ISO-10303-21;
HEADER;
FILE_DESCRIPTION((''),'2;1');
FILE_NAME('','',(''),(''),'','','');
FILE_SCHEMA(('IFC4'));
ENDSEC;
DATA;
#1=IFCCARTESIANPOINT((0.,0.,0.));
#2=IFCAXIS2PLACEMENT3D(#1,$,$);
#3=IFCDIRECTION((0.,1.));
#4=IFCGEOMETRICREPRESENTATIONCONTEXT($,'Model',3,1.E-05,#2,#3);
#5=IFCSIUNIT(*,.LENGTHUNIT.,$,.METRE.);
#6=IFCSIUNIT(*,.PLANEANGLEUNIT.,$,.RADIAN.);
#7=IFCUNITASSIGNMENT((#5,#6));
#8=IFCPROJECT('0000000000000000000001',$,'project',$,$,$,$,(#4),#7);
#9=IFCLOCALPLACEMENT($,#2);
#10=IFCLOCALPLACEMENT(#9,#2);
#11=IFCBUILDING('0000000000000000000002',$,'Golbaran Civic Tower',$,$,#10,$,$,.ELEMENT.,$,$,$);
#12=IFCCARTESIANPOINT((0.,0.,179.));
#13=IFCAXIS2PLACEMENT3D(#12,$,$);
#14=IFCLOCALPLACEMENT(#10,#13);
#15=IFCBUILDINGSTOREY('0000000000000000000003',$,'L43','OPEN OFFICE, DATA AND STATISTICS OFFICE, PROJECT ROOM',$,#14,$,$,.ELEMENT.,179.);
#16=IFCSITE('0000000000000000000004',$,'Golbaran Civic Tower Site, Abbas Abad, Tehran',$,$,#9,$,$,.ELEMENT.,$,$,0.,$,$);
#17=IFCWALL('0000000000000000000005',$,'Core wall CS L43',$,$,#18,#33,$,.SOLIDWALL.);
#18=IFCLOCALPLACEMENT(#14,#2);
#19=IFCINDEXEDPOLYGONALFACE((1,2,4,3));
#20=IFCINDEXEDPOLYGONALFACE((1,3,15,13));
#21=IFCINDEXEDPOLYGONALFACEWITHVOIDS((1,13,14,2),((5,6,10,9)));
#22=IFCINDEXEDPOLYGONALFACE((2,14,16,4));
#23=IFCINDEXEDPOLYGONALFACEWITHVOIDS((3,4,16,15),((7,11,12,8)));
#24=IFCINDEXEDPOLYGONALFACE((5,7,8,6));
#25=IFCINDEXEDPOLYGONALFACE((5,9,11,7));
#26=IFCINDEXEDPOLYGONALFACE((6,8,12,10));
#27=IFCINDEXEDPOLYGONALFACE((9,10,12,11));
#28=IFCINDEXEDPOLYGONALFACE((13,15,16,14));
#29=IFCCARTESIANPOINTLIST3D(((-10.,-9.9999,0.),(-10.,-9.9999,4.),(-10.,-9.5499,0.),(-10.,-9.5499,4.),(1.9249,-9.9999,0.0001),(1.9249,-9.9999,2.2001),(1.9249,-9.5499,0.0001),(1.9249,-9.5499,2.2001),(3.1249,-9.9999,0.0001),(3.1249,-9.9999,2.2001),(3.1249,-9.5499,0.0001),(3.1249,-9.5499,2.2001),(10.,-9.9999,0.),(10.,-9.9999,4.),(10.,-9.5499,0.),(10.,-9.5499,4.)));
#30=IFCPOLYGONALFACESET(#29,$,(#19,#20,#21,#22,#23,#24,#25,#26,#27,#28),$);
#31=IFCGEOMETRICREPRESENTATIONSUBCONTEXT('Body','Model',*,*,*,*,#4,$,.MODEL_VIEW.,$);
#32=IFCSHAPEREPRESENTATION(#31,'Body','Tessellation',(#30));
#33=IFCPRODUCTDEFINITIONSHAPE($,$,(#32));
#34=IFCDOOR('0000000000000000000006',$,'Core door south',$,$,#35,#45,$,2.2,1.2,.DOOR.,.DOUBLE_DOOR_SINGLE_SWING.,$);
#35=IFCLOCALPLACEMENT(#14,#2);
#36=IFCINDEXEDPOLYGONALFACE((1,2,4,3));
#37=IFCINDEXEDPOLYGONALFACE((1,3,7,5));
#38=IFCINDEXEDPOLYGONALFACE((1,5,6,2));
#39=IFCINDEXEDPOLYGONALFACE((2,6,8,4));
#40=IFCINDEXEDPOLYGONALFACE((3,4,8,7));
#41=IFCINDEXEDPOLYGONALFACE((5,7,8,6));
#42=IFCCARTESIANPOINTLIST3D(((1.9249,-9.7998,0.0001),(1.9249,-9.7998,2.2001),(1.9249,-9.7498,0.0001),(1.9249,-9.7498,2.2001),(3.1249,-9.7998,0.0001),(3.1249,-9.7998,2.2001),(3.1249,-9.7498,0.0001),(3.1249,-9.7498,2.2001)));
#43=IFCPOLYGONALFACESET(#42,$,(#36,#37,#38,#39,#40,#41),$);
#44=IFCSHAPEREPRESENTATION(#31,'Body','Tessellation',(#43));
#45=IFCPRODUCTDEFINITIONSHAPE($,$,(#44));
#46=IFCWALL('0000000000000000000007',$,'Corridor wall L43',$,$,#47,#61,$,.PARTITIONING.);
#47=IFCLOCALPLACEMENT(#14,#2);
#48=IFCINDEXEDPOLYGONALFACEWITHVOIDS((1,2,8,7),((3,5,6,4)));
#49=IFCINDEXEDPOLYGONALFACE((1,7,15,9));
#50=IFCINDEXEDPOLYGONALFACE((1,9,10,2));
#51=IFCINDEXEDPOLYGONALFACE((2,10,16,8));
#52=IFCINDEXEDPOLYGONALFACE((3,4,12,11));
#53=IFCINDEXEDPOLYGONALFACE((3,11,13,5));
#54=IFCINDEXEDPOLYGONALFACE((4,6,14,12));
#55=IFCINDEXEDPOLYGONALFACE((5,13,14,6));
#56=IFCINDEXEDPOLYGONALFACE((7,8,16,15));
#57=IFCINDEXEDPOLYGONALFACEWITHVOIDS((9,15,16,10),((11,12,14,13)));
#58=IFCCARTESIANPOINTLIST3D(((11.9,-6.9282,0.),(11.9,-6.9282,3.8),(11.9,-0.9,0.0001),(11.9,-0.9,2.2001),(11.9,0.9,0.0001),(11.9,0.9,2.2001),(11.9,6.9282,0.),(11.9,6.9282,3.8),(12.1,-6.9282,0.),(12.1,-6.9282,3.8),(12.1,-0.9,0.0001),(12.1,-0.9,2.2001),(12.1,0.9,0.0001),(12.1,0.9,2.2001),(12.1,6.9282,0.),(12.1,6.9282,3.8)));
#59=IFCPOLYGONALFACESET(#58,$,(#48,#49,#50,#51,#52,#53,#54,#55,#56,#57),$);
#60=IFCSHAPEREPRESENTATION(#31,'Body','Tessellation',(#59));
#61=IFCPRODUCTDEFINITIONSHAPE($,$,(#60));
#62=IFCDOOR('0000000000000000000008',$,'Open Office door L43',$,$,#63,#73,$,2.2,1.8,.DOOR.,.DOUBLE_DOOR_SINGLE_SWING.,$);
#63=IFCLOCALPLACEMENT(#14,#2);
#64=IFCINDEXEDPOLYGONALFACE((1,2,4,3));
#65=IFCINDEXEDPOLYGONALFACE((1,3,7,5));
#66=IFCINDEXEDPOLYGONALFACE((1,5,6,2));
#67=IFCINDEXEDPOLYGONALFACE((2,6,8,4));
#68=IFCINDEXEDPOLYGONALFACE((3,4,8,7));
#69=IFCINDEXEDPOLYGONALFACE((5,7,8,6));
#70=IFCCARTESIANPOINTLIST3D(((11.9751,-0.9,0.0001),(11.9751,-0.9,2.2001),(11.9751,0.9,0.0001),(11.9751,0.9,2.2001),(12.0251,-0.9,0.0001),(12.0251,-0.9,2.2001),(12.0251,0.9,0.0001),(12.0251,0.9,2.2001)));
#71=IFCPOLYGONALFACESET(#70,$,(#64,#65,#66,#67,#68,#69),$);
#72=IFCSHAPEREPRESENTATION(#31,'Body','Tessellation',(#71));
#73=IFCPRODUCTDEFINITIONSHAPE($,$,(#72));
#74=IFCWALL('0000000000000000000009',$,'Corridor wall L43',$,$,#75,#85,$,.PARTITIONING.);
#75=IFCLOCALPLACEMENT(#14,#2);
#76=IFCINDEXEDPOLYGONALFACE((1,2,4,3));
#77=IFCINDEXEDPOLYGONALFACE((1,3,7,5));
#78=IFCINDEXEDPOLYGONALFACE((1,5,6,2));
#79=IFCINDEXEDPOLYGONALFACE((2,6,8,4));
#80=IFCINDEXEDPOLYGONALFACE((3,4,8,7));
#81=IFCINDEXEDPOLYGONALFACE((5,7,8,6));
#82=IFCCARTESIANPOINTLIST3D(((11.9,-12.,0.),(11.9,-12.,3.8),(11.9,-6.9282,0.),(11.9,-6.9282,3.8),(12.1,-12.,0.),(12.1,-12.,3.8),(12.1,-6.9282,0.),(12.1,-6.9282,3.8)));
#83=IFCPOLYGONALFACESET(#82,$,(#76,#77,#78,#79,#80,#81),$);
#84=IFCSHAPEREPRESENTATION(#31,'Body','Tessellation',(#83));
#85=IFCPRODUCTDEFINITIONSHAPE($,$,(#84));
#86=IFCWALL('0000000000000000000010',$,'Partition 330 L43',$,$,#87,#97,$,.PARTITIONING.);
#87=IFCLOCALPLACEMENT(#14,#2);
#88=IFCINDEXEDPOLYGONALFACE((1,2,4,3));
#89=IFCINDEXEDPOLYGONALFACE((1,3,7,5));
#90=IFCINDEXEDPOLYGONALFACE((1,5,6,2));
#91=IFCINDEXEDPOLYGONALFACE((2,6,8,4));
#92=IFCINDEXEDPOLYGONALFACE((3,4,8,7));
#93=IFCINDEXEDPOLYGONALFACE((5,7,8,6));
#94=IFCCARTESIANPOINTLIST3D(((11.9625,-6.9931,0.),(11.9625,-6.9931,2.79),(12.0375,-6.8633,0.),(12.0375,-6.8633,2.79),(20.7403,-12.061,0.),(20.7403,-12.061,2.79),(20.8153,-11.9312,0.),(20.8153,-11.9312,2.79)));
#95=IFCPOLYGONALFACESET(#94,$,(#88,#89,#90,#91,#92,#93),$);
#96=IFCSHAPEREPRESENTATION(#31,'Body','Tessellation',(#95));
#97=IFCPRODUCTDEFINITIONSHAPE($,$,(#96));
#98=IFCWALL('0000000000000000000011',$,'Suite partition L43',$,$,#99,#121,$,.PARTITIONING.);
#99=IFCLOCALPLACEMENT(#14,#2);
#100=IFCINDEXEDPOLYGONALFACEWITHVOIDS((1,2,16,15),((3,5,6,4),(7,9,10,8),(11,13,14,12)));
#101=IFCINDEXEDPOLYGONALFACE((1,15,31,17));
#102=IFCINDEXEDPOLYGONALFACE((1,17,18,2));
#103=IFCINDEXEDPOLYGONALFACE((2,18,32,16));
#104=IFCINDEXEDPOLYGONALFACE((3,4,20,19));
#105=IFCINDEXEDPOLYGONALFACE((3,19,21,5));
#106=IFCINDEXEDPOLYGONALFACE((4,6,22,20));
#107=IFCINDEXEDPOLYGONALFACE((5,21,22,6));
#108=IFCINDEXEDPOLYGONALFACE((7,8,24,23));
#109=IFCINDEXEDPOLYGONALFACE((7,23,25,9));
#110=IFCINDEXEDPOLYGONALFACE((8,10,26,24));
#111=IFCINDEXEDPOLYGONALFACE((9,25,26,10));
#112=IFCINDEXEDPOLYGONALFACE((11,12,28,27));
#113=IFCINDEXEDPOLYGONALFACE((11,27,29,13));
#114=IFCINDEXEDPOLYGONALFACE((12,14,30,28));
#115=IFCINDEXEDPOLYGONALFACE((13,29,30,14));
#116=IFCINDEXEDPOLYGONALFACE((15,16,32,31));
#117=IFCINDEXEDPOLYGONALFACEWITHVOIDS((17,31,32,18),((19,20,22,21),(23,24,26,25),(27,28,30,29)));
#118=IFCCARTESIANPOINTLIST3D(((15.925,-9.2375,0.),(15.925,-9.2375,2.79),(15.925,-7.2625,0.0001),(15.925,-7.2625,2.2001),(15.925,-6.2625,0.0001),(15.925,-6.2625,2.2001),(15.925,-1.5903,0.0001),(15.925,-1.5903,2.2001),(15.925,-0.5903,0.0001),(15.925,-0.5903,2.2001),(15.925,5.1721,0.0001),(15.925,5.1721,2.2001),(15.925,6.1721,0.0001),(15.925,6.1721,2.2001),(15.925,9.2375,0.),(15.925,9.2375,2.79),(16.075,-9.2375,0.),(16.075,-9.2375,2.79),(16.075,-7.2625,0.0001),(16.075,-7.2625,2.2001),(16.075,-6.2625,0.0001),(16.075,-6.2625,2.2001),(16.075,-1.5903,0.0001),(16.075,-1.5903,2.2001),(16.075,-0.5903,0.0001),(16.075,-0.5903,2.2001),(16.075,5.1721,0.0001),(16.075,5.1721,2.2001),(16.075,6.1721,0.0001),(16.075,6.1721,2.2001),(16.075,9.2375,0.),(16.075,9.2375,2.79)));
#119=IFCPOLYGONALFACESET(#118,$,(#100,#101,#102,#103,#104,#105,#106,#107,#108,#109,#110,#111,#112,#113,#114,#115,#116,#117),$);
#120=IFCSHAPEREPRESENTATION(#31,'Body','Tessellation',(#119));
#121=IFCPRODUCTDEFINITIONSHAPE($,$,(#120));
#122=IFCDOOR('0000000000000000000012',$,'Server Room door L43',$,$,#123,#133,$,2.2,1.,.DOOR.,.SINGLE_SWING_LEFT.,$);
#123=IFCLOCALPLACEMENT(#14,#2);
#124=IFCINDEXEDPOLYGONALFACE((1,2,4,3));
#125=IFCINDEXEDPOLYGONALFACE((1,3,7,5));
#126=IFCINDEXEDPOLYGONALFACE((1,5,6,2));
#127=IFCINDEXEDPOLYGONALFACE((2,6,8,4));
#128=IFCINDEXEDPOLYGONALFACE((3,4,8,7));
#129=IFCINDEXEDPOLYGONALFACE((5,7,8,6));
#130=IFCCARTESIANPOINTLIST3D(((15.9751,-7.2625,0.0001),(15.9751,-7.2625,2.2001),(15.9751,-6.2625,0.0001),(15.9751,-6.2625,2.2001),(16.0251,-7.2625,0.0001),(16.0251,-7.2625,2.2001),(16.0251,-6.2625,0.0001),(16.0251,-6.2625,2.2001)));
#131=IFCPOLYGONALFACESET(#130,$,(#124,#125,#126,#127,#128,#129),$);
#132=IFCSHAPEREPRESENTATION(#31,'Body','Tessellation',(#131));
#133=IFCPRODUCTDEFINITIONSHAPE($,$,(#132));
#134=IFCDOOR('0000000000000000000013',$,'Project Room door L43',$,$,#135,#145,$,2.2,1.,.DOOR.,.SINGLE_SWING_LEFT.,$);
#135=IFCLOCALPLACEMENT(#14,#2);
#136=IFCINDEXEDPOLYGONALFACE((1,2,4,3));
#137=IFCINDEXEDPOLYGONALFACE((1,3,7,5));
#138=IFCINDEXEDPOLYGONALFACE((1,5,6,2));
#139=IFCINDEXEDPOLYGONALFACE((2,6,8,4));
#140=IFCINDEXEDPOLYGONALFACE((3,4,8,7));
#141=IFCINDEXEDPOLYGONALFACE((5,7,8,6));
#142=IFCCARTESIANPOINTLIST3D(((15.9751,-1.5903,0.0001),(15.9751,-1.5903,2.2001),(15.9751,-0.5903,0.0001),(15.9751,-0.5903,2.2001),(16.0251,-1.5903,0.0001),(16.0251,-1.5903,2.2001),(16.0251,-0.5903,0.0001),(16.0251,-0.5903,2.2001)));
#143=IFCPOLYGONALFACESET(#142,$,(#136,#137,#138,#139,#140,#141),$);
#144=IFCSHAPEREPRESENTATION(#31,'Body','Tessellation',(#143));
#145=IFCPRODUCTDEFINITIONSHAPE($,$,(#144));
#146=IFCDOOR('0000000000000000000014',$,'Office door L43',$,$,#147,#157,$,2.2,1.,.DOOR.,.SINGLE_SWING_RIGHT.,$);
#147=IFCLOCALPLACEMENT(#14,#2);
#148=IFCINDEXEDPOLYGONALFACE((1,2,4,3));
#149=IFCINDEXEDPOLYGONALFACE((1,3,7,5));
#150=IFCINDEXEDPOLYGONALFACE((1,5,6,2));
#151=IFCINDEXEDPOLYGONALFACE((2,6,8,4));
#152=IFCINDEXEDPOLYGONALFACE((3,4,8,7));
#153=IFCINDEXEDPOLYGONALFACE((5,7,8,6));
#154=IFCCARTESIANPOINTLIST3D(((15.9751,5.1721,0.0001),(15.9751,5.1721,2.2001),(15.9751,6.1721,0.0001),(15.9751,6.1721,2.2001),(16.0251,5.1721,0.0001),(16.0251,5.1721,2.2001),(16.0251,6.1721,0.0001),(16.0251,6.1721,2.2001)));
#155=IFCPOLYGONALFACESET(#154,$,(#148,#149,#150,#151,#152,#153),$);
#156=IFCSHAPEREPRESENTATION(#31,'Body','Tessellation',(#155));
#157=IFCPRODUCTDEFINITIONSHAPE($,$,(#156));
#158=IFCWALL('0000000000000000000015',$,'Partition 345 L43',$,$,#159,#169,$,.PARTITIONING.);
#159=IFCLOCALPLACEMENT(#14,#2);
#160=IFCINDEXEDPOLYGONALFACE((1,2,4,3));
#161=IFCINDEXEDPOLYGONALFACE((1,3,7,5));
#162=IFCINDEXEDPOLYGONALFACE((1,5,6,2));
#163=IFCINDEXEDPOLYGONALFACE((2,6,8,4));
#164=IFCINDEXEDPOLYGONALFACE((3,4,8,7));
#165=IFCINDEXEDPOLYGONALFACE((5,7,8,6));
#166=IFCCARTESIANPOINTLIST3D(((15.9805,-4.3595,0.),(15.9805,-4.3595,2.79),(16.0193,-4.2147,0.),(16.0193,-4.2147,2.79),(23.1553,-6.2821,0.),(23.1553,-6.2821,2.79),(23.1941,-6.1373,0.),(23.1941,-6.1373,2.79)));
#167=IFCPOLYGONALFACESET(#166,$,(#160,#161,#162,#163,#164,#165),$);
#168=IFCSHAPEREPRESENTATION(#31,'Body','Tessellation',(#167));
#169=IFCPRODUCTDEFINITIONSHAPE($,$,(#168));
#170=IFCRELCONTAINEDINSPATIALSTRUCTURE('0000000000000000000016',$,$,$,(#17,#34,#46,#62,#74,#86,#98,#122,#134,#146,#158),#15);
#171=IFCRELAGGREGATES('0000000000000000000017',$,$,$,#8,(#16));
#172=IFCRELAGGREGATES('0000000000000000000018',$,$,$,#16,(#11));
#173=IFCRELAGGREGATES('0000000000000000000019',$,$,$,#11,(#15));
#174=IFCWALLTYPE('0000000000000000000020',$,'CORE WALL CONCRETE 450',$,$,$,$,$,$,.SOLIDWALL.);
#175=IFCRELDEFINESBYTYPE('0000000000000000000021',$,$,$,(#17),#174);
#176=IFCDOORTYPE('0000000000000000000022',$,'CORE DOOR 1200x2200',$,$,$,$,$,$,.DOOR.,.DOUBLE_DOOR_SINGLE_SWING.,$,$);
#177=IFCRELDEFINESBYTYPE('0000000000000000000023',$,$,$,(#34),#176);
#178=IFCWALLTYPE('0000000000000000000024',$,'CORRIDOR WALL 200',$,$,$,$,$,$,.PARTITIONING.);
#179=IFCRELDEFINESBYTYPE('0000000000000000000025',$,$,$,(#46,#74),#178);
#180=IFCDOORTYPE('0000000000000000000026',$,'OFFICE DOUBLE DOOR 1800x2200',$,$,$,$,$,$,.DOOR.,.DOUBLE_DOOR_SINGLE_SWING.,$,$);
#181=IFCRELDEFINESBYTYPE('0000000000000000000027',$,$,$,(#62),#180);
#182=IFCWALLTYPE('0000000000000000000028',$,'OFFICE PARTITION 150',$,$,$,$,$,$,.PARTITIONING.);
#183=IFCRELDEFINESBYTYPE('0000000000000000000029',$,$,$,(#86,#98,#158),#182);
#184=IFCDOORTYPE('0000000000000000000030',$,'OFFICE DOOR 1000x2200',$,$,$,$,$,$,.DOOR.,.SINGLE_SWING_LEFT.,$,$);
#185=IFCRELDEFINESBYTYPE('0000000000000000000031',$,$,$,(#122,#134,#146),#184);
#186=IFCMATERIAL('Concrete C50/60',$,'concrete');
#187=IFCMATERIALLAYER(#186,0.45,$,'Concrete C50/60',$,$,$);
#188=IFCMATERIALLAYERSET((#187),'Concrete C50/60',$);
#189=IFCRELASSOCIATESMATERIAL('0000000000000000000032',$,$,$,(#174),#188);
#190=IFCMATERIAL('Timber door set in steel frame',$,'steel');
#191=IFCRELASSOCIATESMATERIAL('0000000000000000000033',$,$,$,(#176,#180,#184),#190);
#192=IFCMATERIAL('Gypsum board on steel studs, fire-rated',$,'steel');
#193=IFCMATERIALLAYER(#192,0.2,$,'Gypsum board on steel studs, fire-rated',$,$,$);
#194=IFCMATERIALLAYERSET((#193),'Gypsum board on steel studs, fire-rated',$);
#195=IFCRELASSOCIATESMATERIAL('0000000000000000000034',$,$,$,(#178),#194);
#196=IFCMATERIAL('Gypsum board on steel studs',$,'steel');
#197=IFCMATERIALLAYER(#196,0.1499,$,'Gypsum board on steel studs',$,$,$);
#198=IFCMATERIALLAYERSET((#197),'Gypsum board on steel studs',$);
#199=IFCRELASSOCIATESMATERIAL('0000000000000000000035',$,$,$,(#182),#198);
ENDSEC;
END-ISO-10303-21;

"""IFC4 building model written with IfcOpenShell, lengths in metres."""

from ifc_helpers import new_model, si_unit, direction, frame, frame_2d, origin, place, context, subcontext, project, spatial, rectangle, extrude, material, layer, layer_set, type_object, element, fill, save


model = new_model("IFC4")

# Units and contexts
model_context = context("Model", 3, precision=1e-05, world=origin(), true_north=direction((0.0, 1.0)))
body_context = subcontext(model_context, "Body", "Model", "MODEL_VIEW")
ifc_project = project(units=[si_unit("LENGTHUNIT", "METRE"), si_unit("PLANEANGLEUNIT", "RADIAN")], contexts=[model_context])

# Site, building, storey
site_placement = place(None, origin())
site = spatial("IfcSite", under=ifc_project, at=site_placement, Name="Golbaran Civic Tower Site, Abbas Abad, Tehran", CompositionType="ELEMENT", RefElevation=0.0)
building_placement = place(site_placement, origin())
building = spatial("IfcBuilding", under=site, at=building_placement, Name="Golbaran Civic Tower", CompositionType="ELEMENT")
storey_placement = place(building_placement, frame((0.0, 0.0, 179.0)))
storey = spatial("IfcBuildingStorey", under=building, at=storey_placement, Name="L43", Description="OPEN OFFICE, DATA AND STATISTICS OFFICE, PROJECT ROOM", CompositionType="ELEMENT", Elevation=179.0)

# Walls, openings, doors
ifc_material_1 = material(Name="Concrete C50/60", Category="concrete")
ifc_layer_1 = layer(ifc_material_1, 0.45, Name="Concrete C50/60")
ifc_layer_set_1 = layer_set([ifc_layer_1], Name="Concrete C50/60")
wall_type_1 = type_object("IfcWallType", Name="CORE WALL CONCRETE 450", PredefinedType="SOLIDWALL", material=ifc_layer_set_1)
wall_1_placement = place(storey_placement, frame((10.0, -9.7749, 0.0), z_axis=(0.0, 0.0, 1.0), x_axis=(-1.0, 0.0, 0.0)))
wall_1 = element("IfcWall", 1, at=wall_1_placement, inside=storey, type_object=wall_type_1, Name="Core wall CS L43", PredefinedType="SOLIDWALL", context=body_context, shape_type="SweptSolid", body=[
    extrude(rectangle(XDim=20.0, YDim=0.45, at=frame_2d((10.0, 0.0))), origin(), (0.0, 0.0, 1.0), 4.0),
])
opening_1_placement = place(wall_1_placement, frame((6.875, 0.0, 0.0)))
opening_1 = element("IfcOpeningElement", 2, at=opening_1_placement, cuts=wall_1, PredefinedType="OPENING", context=body_context, shape_type="SweptSolid", body=[
    extrude(rectangle(XDim=1.2, YDim=2.2, at=frame_2d((0.6001, 1.1001))), frame((0.0, 0.2349, 0.0), z_axis=(0.0, -1.0, 0.0), x_axis=(1.0, 0.0, 0.0)), (0.0, 0.0, 1.0), 0.47),
])
ifc_material_2 = material(Name="Timber door set in steel frame", Category="steel")
door_type_1 = type_object("IfcDoorType", Name="CORE DOOR 1200x2200", OperationType="DOUBLE_DOOR_SINGLE_SWING", PredefinedType="DOOR", material=ifc_material_2)
door_1_placement = place(opening_1_placement, origin())
door_1 = element("IfcDoor", 3, at=door_1_placement, inside=storey, type_object=door_type_1, Name="Core door south", OperationType="DOUBLE_DOOR_SINGLE_SWING", OverallHeight=2.2, OverallWidth=1.2, PredefinedType="DOOR", context=body_context, shape_type="SweptSolid", body=[
    extrude(rectangle(XDim=1.2, YDim=2.2, at=frame_2d((0.6001, 1.1001))), frame((0.0, 0.0249, 0.0), z_axis=(0.0, -1.0, 0.0), x_axis=(1.0, 0.0, 0.0)), (0.0, 0.0, 1.0), 0.05),
])
fill(opening_1, door_1)
ifc_material_3 = material(Name="Gypsum board on steel studs, fire-rated", Category="steel")
ifc_layer_2 = layer(ifc_material_3, 0.2, Name="Gypsum board on steel studs, fire-rated")
ifc_layer_set_2 = layer_set([ifc_layer_2], Name="Gypsum board on steel studs, fire-rated")
wall_type_2 = type_object("IfcWallType", Name="CORRIDOR WALL 200", PredefinedType="PARTITIONING", material=ifc_layer_set_2)
wall_2_placement = place(storey_placement, frame((12.0, -6.9282, 0.0), z_axis=(0.0, 0.0, 1.0), x_axis=(0.0, 1.0, 0.0)))
wall_2 = element("IfcWall", 4, at=wall_2_placement, inside=storey, type_object=wall_type_2, Name="Corridor wall L43", PredefinedType="PARTITIONING", context=body_context, shape_type="SweptSolid", body=[
    extrude(rectangle(XDim=13.8564, YDim=0.2, at=frame_2d((6.9282, 0.0))), origin(), (0.0, 0.0, 1.0), 3.8),
])
opening_2_placement = place(wall_2_placement, frame((6.0283, 0.0, 0.0)))
opening_2 = element("IfcOpeningElement", 5, at=opening_2_placement, cuts=wall_2, PredefinedType="OPENING", context=body_context, shape_type="SweptSolid", body=[
    extrude(rectangle(XDim=1.8, YDim=2.2, at=frame_2d((0.8999, 1.1001))), frame((0.0, 0.1099, 0.0), z_axis=(0.0, -1.0, 0.0), x_axis=(1.0, 0.0, 0.0)), (0.0, 0.0, 1.0), 0.22),
])
door_type_2 = type_object("IfcDoorType", Name="OFFICE DOUBLE DOOR 1800x2200", OperationType="DOUBLE_DOOR_SINGLE_SWING", PredefinedType="DOOR", material=ifc_material_2)
door_2_placement = place(opening_2_placement, origin())
door_2 = element("IfcDoor", 6, at=door_2_placement, inside=storey, type_object=door_type_2, Name="Open Office door L43", OperationType="DOUBLE_DOOR_SINGLE_SWING", OverallHeight=2.2, OverallWidth=1.8, PredefinedType="DOOR", context=body_context, shape_type="SweptSolid", body=[
    extrude(rectangle(XDim=1.8, YDim=2.2, at=frame_2d((0.8999, 1.1001))), frame((0.0, 0.0249, 0.0), z_axis=(0.0, -1.0, 0.0), x_axis=(1.0, 0.0, 0.0)), (0.0, 0.0, 1.0), 0.05),
])
fill(opening_2, door_2)

# Walls
wall_3_placement = place(storey_placement, frame((12.0, -12.0, 0.0), z_axis=(0.0, 0.0, 1.0), x_axis=(0.0, 1.0, 0.0)))
element("IfcWall", 7, at=wall_3_placement, inside=storey, type_object=wall_type_2, Name="Corridor wall L43", PredefinedType="PARTITIONING", context=body_context, shape_type="SweptSolid", body=[
    extrude(rectangle(XDim=5.0718, YDim=0.2, at=frame_2d((2.5359, 0.0))), origin(), (0.0, 0.0, 1.0), 3.8),
])
ifc_material_4 = material(Name="Gypsum board on steel studs", Category="steel")
ifc_layer_3 = layer(ifc_material_4, 0.1499, Name="Gypsum board on steel studs")
ifc_layer_set_3 = layer_set([ifc_layer_3], Name="Gypsum board on steel studs")
wall_type_3 = type_object("IfcWallType", Name="OFFICE PARTITION 150", PredefinedType="PARTITIONING", material=ifc_layer_set_3)
wall_4_placement = place(storey_placement, frame((12.0, -6.9282, 0.0), z_axis=(0.0, 0.0, 1.0), x_axis=(0.866026, -0.499999, 0.0)))
element("IfcWall", 8, at=wall_4_placement, inside=storey, type_object=wall_type_3, Name="Partition 330 L43", PredefinedType="PARTITIONING", context=body_context, shape_type="SweptSolid", body=[
    extrude(rectangle(XDim=10.1357, YDim=0.1499, at=frame_2d((5.0679, 0.0))), origin(), (0.0, 0.0, 1.0), 2.79),
])

# Wall, openings, doors
wall_5_placement = place(storey_placement, frame((16.0, -9.2375, 0.0), z_axis=(0.0, 0.0, 1.0), x_axis=(0.0, 1.0, 0.0)))
wall_5 = element("IfcWall", 9, at=wall_5_placement, inside=storey, type_object=wall_type_3, Name="Suite partition L43", PredefinedType="PARTITIONING", context=body_context, shape_type="SweptSolid", body=[
    extrude(rectangle(XDim=18.4751, YDim=0.1499, at=frame_2d((9.2375, 0.0))), origin(), (0.0, 0.0, 1.0), 2.79),
])
opening_3_placement = place(wall_5_placement, frame((1.9751, 0.0, 0.0)))
opening_3 = element("IfcOpeningElement", 10, at=opening_3_placement, cuts=wall_5, PredefinedType="OPENING", context=body_context, shape_type="SweptSolid", body=[
    extrude(rectangle(XDim=1.0, YDim=2.2, at=frame_2d((0.5, 1.1001))), frame((0.0, 0.085, 0.0), z_axis=(0.0, -1.0, 0.0), x_axis=(1.0, 0.0, 0.0)), (0.0, 0.0, 1.0), 0.1699),
])
opening_4_placement = place(wall_5_placement, frame((7.6472, 0.0, 0.0)))
opening_4 = element("IfcOpeningElement", 11, at=opening_4_placement, cuts=wall_5, PredefinedType="OPENING", context=body_context, shape_type="SweptSolid", body=[
    extrude(rectangle(XDim=1.0, YDim=2.2, at=frame_2d((0.5, 1.1001))), frame((0.0, 0.085, 0.0), z_axis=(0.0, -1.0, 0.0), x_axis=(1.0, 0.0, 0.0)), (0.0, 0.0, 1.0), 0.1699),
])
opening_5_placement = place(wall_5_placement, frame((14.4097, 0.0, 0.0)))
opening_5 = element("IfcOpeningElement", 12, at=opening_5_placement, cuts=wall_5, PredefinedType="OPENING", context=body_context, shape_type="SweptSolid", body=[
    extrude(rectangle(XDim=1.0, YDim=2.2, at=frame_2d((0.5, 1.1001))), frame((0.0, 0.085, 0.0), z_axis=(0.0, -1.0, 0.0), x_axis=(1.0, 0.0, 0.0)), (0.0, 0.0, 1.0), 0.1699),
])
door_type_3 = type_object("IfcDoorType", Name="OFFICE DOOR 1000x2200", OperationType="SINGLE_SWING_LEFT", PredefinedType="DOOR", material=ifc_material_2)
door_3_placement = place(opening_3_placement, origin())
door_3 = element("IfcDoor", 13, at=door_3_placement, inside=storey, type_object=door_type_3, Name="Server Room door L43", OperationType="SINGLE_SWING_LEFT", OverallHeight=2.2, OverallWidth=1.0, PredefinedType="DOOR", context=body_context, shape_type="SweptSolid", body=[
    extrude(rectangle(XDim=1.0, YDim=2.2, at=frame_2d((0.5, 1.1001))), frame((0.0, 0.0249, 0.0), z_axis=(0.0, -1.0, 0.0), x_axis=(1.0, 0.0, 0.0)), (0.0, 0.0, 1.0), 0.05),
])
fill(opening_3, door_3)
door_4_placement = place(opening_4_placement, origin())
door_4 = element("IfcDoor", 14, at=door_4_placement, inside=storey, type_object=door_type_3, Name="Project Room door L43", OperationType="SINGLE_SWING_LEFT", OverallHeight=2.2, OverallWidth=1.0, PredefinedType="DOOR", context=body_context, shape_type="SweptSolid", body=[
    extrude(rectangle(XDim=1.0, YDim=2.2, at=frame_2d((0.5, 1.1001))), frame((0.0, 0.0249, 0.0), z_axis=(0.0, -1.0, 0.0), x_axis=(1.0, 0.0, 0.0)), (0.0, 0.0, 1.0), 0.05),
])
fill(opening_4, door_4)
door_5_placement = place(opening_5_placement, origin())
door_5 = element("IfcDoor", 15, at=door_5_placement, inside=storey, type_object=door_type_3, Name="Office door L43", OperationType="SINGLE_SWING_RIGHT", OverallHeight=2.2, OverallWidth=1.0, PredefinedType="DOOR", context=body_context, shape_type="SweptSolid", body=[
    extrude(rectangle(XDim=1.0, YDim=2.2, at=frame_2d((0.5, 1.1001))), frame((0.0, 0.0249, 0.0), z_axis=(0.0, -1.0, 0.0), x_axis=(1.0, 0.0, 0.0)), (0.0, 0.0, 1.0), 0.05),
])
fill(opening_5, door_5)

# Wall
wall_6_placement = place(storey_placement, frame((16.0, -4.2871, 0.0), z_axis=(0.0, 0.0, 1.0), x_axis=(0.965922, -0.258835, 0.0)))
element("IfcWall", 16, at=wall_6_placement, inside=storey, type_object=wall_type_3, Name="Partition 345 L43", PredefinedType="PARTITIONING", context=body_context, shape_type="SweptSolid", body=[
    extrude(rectangle(XDim=7.428, YDim=0.1499, at=frame_2d((3.7139, 0.0))), origin(), (0.0, 0.0, 1.0), 2.79),
])

save(model, "model.ifc")
